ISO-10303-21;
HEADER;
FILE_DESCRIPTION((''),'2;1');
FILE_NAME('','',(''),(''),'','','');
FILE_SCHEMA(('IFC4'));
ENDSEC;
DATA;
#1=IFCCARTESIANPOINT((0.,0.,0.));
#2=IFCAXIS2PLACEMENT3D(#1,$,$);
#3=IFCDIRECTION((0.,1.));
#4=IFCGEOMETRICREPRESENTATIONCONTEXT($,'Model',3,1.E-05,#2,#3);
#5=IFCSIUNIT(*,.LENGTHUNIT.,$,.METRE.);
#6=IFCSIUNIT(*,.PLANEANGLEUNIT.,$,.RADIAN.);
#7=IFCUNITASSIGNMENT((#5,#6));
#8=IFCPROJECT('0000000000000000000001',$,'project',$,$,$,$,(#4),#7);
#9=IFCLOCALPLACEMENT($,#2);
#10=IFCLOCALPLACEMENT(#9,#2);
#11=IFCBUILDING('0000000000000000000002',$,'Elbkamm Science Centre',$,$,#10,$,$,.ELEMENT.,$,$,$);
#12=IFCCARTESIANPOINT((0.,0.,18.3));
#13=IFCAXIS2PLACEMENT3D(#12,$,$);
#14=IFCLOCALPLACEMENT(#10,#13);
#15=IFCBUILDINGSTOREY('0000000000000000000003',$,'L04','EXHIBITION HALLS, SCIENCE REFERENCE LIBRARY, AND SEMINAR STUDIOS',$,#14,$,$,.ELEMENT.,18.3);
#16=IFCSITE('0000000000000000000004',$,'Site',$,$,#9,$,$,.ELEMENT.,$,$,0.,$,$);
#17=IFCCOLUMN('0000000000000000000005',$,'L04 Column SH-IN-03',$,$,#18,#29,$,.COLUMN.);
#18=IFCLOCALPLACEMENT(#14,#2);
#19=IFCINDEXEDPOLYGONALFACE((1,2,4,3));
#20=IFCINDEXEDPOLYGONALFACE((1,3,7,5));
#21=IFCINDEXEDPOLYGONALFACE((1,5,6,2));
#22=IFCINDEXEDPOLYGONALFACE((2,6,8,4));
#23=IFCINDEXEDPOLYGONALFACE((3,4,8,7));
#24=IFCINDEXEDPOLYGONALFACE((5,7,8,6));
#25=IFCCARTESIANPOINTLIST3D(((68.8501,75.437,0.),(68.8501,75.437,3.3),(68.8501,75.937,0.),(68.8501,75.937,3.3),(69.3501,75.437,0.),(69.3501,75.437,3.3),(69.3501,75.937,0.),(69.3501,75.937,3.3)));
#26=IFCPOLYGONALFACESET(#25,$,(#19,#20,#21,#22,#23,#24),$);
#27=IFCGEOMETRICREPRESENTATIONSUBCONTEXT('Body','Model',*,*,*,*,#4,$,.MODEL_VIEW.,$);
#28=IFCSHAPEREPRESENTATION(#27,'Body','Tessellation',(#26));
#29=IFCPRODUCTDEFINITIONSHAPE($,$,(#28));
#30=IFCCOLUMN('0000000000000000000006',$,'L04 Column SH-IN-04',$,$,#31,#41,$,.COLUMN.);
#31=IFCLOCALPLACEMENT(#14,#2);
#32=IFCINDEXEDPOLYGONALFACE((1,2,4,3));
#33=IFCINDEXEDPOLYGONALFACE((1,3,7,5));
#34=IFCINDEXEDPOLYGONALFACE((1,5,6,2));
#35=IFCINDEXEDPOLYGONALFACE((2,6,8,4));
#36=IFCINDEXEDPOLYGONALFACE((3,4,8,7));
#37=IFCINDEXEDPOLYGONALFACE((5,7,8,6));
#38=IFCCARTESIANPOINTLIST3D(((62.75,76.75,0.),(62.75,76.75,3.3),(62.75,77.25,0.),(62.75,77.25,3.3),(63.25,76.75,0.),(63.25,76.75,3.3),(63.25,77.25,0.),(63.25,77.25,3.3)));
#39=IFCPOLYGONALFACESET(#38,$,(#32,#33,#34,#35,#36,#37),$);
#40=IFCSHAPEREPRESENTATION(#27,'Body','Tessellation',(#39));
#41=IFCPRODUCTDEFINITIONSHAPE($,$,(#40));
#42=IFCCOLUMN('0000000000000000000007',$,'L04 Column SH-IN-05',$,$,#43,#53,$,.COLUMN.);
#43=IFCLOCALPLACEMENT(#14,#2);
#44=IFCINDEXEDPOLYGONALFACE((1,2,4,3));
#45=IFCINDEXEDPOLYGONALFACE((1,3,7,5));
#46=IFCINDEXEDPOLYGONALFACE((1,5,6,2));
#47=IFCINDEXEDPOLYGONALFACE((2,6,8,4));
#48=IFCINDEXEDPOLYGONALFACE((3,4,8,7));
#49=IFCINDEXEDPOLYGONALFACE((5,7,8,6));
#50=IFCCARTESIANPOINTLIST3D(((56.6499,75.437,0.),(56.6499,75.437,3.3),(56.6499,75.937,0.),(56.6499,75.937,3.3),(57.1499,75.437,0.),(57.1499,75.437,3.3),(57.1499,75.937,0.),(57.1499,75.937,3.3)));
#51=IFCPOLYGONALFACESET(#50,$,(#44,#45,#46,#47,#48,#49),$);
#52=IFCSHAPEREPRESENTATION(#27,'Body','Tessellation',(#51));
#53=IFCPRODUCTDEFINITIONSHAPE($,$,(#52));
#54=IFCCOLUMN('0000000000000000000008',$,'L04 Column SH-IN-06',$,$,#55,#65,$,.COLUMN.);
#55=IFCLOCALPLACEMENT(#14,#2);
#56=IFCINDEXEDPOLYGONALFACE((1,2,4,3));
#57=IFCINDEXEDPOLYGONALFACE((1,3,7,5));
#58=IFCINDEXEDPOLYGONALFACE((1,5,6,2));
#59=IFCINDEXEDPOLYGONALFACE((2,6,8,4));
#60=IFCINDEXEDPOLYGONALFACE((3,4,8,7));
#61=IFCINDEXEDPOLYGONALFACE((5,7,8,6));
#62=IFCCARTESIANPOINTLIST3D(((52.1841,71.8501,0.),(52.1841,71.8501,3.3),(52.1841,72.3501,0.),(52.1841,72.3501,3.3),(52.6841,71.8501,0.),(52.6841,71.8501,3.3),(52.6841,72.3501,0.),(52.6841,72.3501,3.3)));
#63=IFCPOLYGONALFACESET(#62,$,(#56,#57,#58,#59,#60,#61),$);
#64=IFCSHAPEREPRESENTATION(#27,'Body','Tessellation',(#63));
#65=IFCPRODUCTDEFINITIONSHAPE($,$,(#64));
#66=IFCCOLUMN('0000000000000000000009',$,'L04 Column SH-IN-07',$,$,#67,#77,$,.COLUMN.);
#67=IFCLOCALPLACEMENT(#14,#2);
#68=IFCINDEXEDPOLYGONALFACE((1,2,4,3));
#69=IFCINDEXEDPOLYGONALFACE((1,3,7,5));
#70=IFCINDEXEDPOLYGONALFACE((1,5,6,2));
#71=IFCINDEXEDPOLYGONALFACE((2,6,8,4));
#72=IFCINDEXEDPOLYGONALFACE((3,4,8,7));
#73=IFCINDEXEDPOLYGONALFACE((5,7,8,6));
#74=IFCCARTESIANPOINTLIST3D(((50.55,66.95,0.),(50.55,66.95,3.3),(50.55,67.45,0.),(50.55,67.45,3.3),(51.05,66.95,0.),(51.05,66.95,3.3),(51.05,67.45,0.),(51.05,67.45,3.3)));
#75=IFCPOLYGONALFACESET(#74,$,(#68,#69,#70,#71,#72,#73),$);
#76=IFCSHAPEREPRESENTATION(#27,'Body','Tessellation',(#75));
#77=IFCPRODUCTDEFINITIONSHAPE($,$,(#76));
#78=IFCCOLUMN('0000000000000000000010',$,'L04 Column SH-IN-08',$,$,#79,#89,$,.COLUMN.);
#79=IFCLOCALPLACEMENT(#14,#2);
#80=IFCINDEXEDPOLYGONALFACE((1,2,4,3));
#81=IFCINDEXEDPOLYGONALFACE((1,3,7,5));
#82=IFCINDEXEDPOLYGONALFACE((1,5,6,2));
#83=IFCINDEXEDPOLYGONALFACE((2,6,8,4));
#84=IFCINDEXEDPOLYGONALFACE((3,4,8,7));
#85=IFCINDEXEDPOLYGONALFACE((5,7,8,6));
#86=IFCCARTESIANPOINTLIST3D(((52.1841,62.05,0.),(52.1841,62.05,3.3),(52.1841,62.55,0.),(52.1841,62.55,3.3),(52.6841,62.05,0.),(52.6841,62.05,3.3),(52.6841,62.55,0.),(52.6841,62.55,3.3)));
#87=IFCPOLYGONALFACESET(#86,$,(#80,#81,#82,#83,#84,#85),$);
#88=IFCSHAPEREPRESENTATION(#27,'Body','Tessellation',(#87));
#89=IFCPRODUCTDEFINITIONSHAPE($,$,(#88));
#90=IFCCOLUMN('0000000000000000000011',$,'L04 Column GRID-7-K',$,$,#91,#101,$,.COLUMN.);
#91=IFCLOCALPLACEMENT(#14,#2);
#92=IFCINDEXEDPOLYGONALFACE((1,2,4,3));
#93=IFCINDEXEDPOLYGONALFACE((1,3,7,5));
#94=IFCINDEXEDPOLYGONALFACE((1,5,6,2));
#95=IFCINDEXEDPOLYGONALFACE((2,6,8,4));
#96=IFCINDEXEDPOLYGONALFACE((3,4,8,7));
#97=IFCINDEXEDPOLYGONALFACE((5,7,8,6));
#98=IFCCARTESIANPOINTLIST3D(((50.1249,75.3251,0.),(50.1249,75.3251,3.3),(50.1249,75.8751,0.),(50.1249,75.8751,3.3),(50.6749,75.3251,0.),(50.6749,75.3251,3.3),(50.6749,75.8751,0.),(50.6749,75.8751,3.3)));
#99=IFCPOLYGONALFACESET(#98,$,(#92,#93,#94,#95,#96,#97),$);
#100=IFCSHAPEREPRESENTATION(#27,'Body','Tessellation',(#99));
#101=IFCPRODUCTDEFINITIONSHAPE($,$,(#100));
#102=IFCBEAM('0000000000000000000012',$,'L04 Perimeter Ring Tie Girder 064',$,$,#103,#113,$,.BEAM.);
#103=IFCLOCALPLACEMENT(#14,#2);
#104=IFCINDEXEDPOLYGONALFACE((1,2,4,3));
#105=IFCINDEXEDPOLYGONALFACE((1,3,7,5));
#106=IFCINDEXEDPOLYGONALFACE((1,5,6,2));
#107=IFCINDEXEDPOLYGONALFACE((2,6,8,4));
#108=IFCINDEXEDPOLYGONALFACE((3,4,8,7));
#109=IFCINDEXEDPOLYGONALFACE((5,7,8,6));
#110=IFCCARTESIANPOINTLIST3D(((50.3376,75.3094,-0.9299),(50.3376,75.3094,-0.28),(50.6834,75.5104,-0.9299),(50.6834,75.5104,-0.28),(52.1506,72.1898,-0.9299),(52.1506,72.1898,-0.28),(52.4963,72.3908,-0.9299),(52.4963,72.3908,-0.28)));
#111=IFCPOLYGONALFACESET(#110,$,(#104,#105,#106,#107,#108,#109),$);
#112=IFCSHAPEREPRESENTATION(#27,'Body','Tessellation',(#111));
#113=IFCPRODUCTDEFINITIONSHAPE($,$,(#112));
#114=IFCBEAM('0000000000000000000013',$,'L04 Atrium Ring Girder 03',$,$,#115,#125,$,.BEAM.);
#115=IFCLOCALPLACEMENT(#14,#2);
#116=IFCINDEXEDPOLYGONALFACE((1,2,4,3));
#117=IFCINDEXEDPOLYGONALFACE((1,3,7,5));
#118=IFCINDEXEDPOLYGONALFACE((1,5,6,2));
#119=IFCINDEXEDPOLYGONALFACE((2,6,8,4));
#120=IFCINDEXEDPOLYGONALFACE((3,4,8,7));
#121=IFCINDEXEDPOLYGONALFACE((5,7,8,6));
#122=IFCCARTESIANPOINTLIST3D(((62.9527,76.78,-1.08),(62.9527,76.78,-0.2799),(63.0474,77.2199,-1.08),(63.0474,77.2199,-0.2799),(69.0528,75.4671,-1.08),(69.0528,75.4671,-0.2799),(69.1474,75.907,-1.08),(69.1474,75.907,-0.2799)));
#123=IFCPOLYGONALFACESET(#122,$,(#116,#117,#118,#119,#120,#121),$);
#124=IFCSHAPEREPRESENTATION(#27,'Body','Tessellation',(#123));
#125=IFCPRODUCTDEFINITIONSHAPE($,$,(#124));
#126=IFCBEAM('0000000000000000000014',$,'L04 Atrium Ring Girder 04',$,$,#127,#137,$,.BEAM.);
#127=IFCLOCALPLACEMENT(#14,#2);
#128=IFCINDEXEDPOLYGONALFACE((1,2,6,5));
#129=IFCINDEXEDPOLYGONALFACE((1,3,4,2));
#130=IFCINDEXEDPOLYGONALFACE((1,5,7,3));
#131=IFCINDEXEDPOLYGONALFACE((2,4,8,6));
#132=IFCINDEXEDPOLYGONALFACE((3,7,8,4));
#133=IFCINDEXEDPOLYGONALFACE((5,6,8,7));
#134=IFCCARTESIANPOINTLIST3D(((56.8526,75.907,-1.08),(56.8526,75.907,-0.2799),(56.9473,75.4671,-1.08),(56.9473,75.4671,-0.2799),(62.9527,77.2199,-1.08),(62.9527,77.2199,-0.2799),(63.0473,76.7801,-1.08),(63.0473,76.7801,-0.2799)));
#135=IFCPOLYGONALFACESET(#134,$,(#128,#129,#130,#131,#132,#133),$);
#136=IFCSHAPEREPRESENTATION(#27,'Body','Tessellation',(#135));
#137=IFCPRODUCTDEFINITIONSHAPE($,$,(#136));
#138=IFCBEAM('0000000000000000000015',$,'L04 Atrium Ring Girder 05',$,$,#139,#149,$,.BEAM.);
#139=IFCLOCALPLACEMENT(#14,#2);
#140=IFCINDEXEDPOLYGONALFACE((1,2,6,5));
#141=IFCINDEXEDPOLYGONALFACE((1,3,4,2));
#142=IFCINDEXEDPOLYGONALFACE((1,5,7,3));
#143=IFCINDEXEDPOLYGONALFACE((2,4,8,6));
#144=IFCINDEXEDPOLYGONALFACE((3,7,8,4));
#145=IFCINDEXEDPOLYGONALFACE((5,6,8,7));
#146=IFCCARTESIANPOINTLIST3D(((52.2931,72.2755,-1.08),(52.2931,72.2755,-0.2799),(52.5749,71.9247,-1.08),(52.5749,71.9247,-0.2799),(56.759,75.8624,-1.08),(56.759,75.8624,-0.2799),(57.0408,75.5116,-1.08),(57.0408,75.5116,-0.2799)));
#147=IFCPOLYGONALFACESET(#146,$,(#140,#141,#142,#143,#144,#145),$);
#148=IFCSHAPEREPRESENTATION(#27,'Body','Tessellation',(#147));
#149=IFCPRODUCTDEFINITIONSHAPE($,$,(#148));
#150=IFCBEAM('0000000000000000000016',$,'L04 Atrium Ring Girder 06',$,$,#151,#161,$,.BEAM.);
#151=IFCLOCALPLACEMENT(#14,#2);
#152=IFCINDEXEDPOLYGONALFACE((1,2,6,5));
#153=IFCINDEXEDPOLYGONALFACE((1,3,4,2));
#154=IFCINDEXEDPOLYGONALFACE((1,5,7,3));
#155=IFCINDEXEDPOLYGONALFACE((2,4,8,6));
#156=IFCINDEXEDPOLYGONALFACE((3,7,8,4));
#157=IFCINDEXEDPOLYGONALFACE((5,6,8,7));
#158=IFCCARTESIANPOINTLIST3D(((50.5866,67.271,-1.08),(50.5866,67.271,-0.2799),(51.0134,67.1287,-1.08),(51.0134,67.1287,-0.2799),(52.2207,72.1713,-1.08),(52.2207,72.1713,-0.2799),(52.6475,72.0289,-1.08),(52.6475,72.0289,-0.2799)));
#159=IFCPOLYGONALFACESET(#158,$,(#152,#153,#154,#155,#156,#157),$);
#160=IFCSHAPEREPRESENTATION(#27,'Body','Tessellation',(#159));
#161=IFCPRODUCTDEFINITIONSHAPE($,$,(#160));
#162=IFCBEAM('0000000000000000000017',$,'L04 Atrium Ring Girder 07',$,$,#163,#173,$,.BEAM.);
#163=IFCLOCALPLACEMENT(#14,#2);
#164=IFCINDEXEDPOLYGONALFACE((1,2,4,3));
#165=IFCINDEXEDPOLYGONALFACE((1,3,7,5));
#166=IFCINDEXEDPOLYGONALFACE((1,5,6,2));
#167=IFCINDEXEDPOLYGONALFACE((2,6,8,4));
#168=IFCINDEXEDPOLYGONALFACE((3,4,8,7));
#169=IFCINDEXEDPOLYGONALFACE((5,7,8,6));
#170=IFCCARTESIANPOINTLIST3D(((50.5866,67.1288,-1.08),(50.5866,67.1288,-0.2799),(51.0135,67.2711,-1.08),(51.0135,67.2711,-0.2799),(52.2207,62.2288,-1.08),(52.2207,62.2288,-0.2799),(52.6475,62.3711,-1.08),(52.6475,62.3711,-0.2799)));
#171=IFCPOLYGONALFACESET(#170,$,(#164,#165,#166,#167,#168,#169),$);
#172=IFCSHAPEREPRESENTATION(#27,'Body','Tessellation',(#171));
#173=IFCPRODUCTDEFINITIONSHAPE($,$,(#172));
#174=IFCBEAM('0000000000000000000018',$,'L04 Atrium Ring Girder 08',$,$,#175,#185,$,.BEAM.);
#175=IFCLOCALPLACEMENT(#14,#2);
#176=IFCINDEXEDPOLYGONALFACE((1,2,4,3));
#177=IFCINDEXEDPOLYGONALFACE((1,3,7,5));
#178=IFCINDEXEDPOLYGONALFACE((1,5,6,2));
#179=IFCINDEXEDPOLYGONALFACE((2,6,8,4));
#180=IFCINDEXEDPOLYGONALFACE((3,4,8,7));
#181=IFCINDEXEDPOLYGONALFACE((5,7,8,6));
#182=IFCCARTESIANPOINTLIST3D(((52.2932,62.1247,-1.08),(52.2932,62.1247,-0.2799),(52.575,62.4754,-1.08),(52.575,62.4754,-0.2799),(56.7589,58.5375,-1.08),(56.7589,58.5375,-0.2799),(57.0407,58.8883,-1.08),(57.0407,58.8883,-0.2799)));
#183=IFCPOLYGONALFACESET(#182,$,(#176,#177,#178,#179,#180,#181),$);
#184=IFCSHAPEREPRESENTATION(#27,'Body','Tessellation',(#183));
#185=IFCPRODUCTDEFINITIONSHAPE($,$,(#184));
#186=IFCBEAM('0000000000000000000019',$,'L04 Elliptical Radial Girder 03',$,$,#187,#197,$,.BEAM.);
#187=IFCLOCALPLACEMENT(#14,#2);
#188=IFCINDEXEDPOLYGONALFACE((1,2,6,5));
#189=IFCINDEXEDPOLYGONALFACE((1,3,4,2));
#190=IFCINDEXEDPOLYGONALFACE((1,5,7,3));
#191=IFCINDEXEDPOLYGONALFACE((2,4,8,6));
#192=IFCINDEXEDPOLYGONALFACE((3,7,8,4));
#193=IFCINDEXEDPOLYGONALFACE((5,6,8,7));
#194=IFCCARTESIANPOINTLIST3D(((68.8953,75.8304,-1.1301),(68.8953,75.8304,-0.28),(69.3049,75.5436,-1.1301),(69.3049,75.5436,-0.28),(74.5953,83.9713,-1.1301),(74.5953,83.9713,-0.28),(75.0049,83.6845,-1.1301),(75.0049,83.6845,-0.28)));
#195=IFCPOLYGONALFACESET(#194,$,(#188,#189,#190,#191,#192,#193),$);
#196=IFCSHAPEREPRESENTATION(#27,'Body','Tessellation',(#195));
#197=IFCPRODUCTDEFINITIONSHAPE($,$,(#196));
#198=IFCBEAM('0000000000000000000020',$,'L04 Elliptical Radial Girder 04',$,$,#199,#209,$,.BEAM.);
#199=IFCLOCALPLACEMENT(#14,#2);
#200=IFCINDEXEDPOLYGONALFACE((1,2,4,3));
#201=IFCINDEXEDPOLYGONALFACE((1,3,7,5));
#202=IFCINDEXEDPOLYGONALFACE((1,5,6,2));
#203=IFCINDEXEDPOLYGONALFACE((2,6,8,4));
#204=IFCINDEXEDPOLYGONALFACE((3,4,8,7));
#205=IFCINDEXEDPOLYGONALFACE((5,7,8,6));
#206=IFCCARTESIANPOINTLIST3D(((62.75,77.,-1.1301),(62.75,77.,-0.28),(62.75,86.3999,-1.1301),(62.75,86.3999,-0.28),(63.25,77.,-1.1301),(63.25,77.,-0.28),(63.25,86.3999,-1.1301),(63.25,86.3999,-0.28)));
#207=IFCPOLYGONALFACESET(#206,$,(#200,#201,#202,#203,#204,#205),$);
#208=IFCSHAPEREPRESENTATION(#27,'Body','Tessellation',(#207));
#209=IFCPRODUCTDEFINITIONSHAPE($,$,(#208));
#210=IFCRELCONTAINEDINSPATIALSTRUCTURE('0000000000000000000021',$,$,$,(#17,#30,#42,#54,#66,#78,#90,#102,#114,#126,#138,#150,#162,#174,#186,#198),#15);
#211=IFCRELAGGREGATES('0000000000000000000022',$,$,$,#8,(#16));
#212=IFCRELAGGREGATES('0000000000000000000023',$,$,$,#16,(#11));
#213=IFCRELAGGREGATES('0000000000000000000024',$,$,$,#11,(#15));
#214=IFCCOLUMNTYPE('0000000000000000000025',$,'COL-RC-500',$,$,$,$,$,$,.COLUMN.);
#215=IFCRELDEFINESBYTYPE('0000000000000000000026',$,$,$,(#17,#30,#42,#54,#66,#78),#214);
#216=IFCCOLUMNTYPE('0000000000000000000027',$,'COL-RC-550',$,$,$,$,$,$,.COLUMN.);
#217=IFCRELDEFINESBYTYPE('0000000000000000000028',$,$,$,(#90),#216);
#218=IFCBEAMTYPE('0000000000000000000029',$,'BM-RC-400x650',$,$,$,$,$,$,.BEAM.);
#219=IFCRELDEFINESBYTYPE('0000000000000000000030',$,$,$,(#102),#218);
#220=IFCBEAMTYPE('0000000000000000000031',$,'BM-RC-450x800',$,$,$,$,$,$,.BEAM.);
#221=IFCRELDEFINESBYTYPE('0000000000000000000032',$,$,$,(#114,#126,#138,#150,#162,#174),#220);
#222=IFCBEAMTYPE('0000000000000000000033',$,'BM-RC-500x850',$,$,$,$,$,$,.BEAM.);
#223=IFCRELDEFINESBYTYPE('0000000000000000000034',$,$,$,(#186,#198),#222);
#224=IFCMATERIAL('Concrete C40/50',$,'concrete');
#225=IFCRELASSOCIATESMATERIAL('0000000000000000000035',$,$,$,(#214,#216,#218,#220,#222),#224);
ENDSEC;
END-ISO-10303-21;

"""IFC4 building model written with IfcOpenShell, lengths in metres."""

from ifc_helpers import new_model, si_unit, direction, frame, origin, origin_2d, place, context, subcontext, project, spatial, rectangle, extrude, material, material_profile, profile_set, type_object, element, save


model = new_model("IFC4")

# Units and contexts
model_context = context("Model", 3, precision=1e-05, world=origin(), true_north=direction((0.0, 1.0)))
body_context = subcontext(model_context, "Body", "Model", "MODEL_VIEW")
ifc_project = project(units=[si_unit("LENGTHUNIT", "METRE"), si_unit("PLANEANGLEUNIT", "RADIAN")], contexts=[model_context])

# Site, building, storey
site_placement = place(None, origin())
site = spatial("IfcSite", under=ifc_project, at=site_placement, Name="Site", CompositionType="ELEMENT", RefElevation=0.0)
building_placement = place(site_placement, origin())
building = spatial("IfcBuilding", under=site, at=building_placement, Name="Elbkamm Science Centre", CompositionType="ELEMENT")
storey_placement = place(building_placement, frame((0.0, 0.0, 18.3)))
storey = spatial("IfcBuildingStorey", under=building, at=storey_placement, Name="L04", Description="EXHIBITION HALLS, SCIENCE REFERENCE LIBRARY, AND SEMINAR STUDIOS", CompositionType="ELEMENT", Elevation=18.3)

# Columns
ifc_material_1 = material(Name="Concrete C40/50", Category="concrete")
ifc_material_profile_1 = material_profile(ifc_material_1, rectangle(XDim=0.5, YDim=0.5, at=origin_2d()), Name="RC 500x500")
ifc_profile_set_1 = profile_set([ifc_material_profile_1], Name="Concrete C40/50")
column_type_1 = type_object("IfcColumnType", Name="COL-RC-500", PredefinedType="COLUMN", material=ifc_profile_set_1)
for number, where, z_axis, x_axis, name in (
    (1, (69.1001, 75.687, 0.0), (0.0, 0.0, 1.0), (1.0, 0.0, 0.0), "L04 Column SH-IN-03"),
    (2, (63.0, 77.0, 0.0), (0.0, 0.0, 1.0), (1.0, 0.0, 0.0), "L04 Column SH-IN-04"),
    (3, (56.8999, 75.687, 0.0), (0.0, 0.0, 1.0), (1.0, 0.0, 0.0), "L04 Column SH-IN-05"),
    (4, (52.4341, 72.1001, 0.0), (0.0, 0.0, 1.0), (1.0, 0.0, 0.0), "L04 Column SH-IN-06"),
    (5, (50.8, 67.2, 0.0), (0.0, 0.0, 1.0), (1.0, 0.0, 0.0), "L04 Column SH-IN-07"),
    (6, (52.4341, 62.3, 0.0), (0.0, 0.0, 1.0), (1.0, 0.0, 0.0), "L04 Column SH-IN-08"),
):
    element("IfcColumn", number, at=place(storey_placement, frame(where, z_axis=z_axis, x_axis=x_axis)), inside=storey, type_object=column_type_1, Name=name, PredefinedType="COLUMN", context=body_context, shape_type="SweptSolid", body=[
        extrude(rectangle(XDim=0.5, YDim=0.5, at=origin_2d()), origin(), (0.0, 0.0, 1.0), 3.3),
    ])
ifc_material_profile_2 = material_profile(ifc_material_1, rectangle(XDim=0.55, YDim=0.55, at=origin_2d()), Name="RC 550x550")
ifc_profile_set_2 = profile_set([ifc_material_profile_2], Name="Concrete C40/50")
column_type_2 = type_object("IfcColumnType", Name="COL-RC-550", PredefinedType="COLUMN", material=ifc_profile_set_2)
column_placement = place(storey_placement, frame((50.3999, 75.6001, 0.0), z_axis=(0.0, 0.0, 1.0), x_axis=(1.0, 0.0, 0.0)))
element("IfcColumn", 7, at=column_placement, inside=storey, type_object=column_type_2, Name="L04 Column GRID-7-K", PredefinedType="COLUMN", context=body_context, shape_type="SweptSolid", body=[
    extrude(rectangle(XDim=0.55, YDim=0.55, at=origin_2d()), origin(), (0.0, 0.0, 1.0), 3.3),
])

# Beams
ifc_material_profile_3 = material_profile(ifc_material_1, rectangle(XDim=0.3999, YDim=0.6499, at=origin_2d()), Name="RC 400x650")
ifc_profile_set_3 = profile_set([ifc_material_profile_3], Name="Concrete C40/50")
beam_type_1 = type_object("IfcBeamType", Name="BM-RC-400x650", PredefinedType="BEAM", material=ifc_profile_set_3)
beam_1_placement = place(storey_placement, frame((50.5105, 75.4099, -0.605), z_axis=(0.502465, -0.864597, 0.0), x_axis=(0.864597, 0.502465, 0.0)))
element("IfcBeam", 8, at=beam_1_placement, inside=storey, type_object=beam_type_1, Name="L04 Perimeter Ring Tie Girder 064", PredefinedType="BEAM", context=body_context, shape_type="SweptSolid", body=[
    extrude(rectangle(XDim=0.3999, YDim=0.6499, at=origin_2d()), origin(), (0.0, 0.0, 1.0), 3.6082),
])
ifc_material_profile_4 = material_profile(ifc_material_1, rectangle(XDim=0.45, YDim=0.8, at=origin_2d()), Name="RC 450x800")
ifc_profile_set_4 = profile_set([ifc_material_profile_4], Name="Concrete C40/50")
beam_type_2 = type_object("IfcBeamType", Name="BM-RC-450x800", PredefinedType="BEAM", material=ifc_profile_set_4)
for number, where, z_axis, x_axis, name in (
    (9, (69.1001, 75.687, -0.6799), (-0.977611, 0.210421, 0.0), (-0.210421, -0.977611, 0.0), "L04 Atrium Ring Girder 03"),
    (10, (63.0, 77.0, -0.6799), (-0.977611, -0.210421, 0.0), (0.210421, -0.977611, 0.0), "L04 Atrium Ring Girder 04"),
):
    element("IfcBeam", number, at=place(storey_placement, frame(where, z_axis=z_axis, x_axis=x_axis)), inside=storey, type_object=beam_type_2, Name=name, PredefinedType="BEAM", context=body_context, shape_type="SweptSolid", body=[
        extrude(rectangle(XDim=0.45, YDim=0.8, at=origin_2d()), origin(), (0.0, 0.0, 1.0), 6.2397),
    ])
beam_2_placement = place(storey_placement, frame((56.8999, 75.687, -0.6799), z_axis=(-0.779653, -0.626212, 0.0), x_axis=(0.626212, -0.779653, 0.0)))
element("IfcBeam", 11, at=beam_2_placement, inside=storey, type_object=beam_type_2, Name="L04 Atrium Ring Girder 05", PredefinedType="BEAM", context=body_context, shape_type="SweptSolid", body=[
    extrude(rectangle(XDim=0.45, YDim=0.8, at=origin_2d()), origin(), (0.0, 0.0, 1.0), 5.728),
])
beam_3_placement = place(storey_placement, frame((52.4341, 72.1001, -0.6799), z_axis=(-0.316341, -0.948645, 0.0), x_axis=(0.948645, -0.316341, 0.0)))
element("IfcBeam", 12, at=beam_3_placement, inside=storey, type_object=beam_type_2, Name="L04 Atrium Ring Girder 06", PredefinedType="BEAM", context=body_context, shape_type="SweptSolid", body=[
    extrude(rectangle(XDim=0.45, YDim=0.8, at=origin_2d()), origin(), (0.0, 0.0, 1.0), 5.1655),
])
beam_4_placement = place(storey_placement, frame((50.8, 67.2, -0.6799), z_axis=(0.316355, -0.948641, 0.0), x_axis=(0.948641, 0.316355, 0.0)))
element("IfcBeam", 13, at=beam_4_placement, inside=storey, type_object=beam_type_2, Name="L04 Atrium Ring Girder 07", PredefinedType="BEAM", context=body_context, shape_type="SweptSolid", body=[
    extrude(rectangle(XDim=0.45, YDim=0.8, at=origin_2d()), origin(), (0.0, 0.0, 1.0), 5.1653),
])
beam_5_placement = place(storey_placement, frame((52.4341, 62.3, -0.6799), z_axis=(0.779632, -0.626238, 0.0), x_axis=(0.626238, 0.779632, 0.0)))
element("IfcBeam", 14, at=beam_5_placement, inside=storey, type_object=beam_type_2, Name="L04 Atrium Ring Girder 08", PredefinedType="BEAM", context=body_context, shape_type="SweptSolid", body=[
    extrude(rectangle(XDim=0.45, YDim=0.8, at=origin_2d()), origin(), (0.0, 0.0, 1.0), 5.728),
])
ifc_material_profile_5 = material_profile(ifc_material_1, rectangle(XDim=0.5, YDim=0.8501, at=origin_2d()), Name="RC 500x850")
ifc_profile_set_5 = profile_set([ifc_material_profile_5], Name="Concrete C40/50")
beam_type_3 = type_object("IfcBeamType", Name="BM-RC-500x850", PredefinedType="BEAM", material=ifc_profile_set_5)
beam_6_placement = place(storey_placement, frame((69.1001, 75.687, -0.7051), z_axis=(0.573553, 0.819168, 0.0), x_axis=(-0.819168, 0.573553, 0.0)))
element("IfcBeam", 15, at=beam_6_placement, inside=storey, type_object=beam_type_3, Name="L04 Elliptical Radial Girder 03", PredefinedType="BEAM", context=body_context, shape_type="SweptSolid", body=[
    extrude(rectangle(XDim=0.5, YDim=0.8501, at=origin_2d()), origin(), (0.0, 0.0, 1.0), 9.938),
])
beam_7_placement = place(storey_placement, frame((63.0, 77.0, -0.7051), z_axis=(0.0, 1.0, 0.0), x_axis=(-1.0, 0.0, 0.0)))
element("IfcBeam", 16, at=beam_7_placement, inside=storey, type_object=beam_type_3, Name="L04 Elliptical Radial Girder 04", PredefinedType="BEAM", context=body_context, shape_type="SweptSolid", body=[
    extrude(rectangle(XDim=0.5, YDim=0.8501, at=origin_2d()), origin(), (0.0, 0.0, 1.0), 9.3999),
])

save(model, "model.ifc")
